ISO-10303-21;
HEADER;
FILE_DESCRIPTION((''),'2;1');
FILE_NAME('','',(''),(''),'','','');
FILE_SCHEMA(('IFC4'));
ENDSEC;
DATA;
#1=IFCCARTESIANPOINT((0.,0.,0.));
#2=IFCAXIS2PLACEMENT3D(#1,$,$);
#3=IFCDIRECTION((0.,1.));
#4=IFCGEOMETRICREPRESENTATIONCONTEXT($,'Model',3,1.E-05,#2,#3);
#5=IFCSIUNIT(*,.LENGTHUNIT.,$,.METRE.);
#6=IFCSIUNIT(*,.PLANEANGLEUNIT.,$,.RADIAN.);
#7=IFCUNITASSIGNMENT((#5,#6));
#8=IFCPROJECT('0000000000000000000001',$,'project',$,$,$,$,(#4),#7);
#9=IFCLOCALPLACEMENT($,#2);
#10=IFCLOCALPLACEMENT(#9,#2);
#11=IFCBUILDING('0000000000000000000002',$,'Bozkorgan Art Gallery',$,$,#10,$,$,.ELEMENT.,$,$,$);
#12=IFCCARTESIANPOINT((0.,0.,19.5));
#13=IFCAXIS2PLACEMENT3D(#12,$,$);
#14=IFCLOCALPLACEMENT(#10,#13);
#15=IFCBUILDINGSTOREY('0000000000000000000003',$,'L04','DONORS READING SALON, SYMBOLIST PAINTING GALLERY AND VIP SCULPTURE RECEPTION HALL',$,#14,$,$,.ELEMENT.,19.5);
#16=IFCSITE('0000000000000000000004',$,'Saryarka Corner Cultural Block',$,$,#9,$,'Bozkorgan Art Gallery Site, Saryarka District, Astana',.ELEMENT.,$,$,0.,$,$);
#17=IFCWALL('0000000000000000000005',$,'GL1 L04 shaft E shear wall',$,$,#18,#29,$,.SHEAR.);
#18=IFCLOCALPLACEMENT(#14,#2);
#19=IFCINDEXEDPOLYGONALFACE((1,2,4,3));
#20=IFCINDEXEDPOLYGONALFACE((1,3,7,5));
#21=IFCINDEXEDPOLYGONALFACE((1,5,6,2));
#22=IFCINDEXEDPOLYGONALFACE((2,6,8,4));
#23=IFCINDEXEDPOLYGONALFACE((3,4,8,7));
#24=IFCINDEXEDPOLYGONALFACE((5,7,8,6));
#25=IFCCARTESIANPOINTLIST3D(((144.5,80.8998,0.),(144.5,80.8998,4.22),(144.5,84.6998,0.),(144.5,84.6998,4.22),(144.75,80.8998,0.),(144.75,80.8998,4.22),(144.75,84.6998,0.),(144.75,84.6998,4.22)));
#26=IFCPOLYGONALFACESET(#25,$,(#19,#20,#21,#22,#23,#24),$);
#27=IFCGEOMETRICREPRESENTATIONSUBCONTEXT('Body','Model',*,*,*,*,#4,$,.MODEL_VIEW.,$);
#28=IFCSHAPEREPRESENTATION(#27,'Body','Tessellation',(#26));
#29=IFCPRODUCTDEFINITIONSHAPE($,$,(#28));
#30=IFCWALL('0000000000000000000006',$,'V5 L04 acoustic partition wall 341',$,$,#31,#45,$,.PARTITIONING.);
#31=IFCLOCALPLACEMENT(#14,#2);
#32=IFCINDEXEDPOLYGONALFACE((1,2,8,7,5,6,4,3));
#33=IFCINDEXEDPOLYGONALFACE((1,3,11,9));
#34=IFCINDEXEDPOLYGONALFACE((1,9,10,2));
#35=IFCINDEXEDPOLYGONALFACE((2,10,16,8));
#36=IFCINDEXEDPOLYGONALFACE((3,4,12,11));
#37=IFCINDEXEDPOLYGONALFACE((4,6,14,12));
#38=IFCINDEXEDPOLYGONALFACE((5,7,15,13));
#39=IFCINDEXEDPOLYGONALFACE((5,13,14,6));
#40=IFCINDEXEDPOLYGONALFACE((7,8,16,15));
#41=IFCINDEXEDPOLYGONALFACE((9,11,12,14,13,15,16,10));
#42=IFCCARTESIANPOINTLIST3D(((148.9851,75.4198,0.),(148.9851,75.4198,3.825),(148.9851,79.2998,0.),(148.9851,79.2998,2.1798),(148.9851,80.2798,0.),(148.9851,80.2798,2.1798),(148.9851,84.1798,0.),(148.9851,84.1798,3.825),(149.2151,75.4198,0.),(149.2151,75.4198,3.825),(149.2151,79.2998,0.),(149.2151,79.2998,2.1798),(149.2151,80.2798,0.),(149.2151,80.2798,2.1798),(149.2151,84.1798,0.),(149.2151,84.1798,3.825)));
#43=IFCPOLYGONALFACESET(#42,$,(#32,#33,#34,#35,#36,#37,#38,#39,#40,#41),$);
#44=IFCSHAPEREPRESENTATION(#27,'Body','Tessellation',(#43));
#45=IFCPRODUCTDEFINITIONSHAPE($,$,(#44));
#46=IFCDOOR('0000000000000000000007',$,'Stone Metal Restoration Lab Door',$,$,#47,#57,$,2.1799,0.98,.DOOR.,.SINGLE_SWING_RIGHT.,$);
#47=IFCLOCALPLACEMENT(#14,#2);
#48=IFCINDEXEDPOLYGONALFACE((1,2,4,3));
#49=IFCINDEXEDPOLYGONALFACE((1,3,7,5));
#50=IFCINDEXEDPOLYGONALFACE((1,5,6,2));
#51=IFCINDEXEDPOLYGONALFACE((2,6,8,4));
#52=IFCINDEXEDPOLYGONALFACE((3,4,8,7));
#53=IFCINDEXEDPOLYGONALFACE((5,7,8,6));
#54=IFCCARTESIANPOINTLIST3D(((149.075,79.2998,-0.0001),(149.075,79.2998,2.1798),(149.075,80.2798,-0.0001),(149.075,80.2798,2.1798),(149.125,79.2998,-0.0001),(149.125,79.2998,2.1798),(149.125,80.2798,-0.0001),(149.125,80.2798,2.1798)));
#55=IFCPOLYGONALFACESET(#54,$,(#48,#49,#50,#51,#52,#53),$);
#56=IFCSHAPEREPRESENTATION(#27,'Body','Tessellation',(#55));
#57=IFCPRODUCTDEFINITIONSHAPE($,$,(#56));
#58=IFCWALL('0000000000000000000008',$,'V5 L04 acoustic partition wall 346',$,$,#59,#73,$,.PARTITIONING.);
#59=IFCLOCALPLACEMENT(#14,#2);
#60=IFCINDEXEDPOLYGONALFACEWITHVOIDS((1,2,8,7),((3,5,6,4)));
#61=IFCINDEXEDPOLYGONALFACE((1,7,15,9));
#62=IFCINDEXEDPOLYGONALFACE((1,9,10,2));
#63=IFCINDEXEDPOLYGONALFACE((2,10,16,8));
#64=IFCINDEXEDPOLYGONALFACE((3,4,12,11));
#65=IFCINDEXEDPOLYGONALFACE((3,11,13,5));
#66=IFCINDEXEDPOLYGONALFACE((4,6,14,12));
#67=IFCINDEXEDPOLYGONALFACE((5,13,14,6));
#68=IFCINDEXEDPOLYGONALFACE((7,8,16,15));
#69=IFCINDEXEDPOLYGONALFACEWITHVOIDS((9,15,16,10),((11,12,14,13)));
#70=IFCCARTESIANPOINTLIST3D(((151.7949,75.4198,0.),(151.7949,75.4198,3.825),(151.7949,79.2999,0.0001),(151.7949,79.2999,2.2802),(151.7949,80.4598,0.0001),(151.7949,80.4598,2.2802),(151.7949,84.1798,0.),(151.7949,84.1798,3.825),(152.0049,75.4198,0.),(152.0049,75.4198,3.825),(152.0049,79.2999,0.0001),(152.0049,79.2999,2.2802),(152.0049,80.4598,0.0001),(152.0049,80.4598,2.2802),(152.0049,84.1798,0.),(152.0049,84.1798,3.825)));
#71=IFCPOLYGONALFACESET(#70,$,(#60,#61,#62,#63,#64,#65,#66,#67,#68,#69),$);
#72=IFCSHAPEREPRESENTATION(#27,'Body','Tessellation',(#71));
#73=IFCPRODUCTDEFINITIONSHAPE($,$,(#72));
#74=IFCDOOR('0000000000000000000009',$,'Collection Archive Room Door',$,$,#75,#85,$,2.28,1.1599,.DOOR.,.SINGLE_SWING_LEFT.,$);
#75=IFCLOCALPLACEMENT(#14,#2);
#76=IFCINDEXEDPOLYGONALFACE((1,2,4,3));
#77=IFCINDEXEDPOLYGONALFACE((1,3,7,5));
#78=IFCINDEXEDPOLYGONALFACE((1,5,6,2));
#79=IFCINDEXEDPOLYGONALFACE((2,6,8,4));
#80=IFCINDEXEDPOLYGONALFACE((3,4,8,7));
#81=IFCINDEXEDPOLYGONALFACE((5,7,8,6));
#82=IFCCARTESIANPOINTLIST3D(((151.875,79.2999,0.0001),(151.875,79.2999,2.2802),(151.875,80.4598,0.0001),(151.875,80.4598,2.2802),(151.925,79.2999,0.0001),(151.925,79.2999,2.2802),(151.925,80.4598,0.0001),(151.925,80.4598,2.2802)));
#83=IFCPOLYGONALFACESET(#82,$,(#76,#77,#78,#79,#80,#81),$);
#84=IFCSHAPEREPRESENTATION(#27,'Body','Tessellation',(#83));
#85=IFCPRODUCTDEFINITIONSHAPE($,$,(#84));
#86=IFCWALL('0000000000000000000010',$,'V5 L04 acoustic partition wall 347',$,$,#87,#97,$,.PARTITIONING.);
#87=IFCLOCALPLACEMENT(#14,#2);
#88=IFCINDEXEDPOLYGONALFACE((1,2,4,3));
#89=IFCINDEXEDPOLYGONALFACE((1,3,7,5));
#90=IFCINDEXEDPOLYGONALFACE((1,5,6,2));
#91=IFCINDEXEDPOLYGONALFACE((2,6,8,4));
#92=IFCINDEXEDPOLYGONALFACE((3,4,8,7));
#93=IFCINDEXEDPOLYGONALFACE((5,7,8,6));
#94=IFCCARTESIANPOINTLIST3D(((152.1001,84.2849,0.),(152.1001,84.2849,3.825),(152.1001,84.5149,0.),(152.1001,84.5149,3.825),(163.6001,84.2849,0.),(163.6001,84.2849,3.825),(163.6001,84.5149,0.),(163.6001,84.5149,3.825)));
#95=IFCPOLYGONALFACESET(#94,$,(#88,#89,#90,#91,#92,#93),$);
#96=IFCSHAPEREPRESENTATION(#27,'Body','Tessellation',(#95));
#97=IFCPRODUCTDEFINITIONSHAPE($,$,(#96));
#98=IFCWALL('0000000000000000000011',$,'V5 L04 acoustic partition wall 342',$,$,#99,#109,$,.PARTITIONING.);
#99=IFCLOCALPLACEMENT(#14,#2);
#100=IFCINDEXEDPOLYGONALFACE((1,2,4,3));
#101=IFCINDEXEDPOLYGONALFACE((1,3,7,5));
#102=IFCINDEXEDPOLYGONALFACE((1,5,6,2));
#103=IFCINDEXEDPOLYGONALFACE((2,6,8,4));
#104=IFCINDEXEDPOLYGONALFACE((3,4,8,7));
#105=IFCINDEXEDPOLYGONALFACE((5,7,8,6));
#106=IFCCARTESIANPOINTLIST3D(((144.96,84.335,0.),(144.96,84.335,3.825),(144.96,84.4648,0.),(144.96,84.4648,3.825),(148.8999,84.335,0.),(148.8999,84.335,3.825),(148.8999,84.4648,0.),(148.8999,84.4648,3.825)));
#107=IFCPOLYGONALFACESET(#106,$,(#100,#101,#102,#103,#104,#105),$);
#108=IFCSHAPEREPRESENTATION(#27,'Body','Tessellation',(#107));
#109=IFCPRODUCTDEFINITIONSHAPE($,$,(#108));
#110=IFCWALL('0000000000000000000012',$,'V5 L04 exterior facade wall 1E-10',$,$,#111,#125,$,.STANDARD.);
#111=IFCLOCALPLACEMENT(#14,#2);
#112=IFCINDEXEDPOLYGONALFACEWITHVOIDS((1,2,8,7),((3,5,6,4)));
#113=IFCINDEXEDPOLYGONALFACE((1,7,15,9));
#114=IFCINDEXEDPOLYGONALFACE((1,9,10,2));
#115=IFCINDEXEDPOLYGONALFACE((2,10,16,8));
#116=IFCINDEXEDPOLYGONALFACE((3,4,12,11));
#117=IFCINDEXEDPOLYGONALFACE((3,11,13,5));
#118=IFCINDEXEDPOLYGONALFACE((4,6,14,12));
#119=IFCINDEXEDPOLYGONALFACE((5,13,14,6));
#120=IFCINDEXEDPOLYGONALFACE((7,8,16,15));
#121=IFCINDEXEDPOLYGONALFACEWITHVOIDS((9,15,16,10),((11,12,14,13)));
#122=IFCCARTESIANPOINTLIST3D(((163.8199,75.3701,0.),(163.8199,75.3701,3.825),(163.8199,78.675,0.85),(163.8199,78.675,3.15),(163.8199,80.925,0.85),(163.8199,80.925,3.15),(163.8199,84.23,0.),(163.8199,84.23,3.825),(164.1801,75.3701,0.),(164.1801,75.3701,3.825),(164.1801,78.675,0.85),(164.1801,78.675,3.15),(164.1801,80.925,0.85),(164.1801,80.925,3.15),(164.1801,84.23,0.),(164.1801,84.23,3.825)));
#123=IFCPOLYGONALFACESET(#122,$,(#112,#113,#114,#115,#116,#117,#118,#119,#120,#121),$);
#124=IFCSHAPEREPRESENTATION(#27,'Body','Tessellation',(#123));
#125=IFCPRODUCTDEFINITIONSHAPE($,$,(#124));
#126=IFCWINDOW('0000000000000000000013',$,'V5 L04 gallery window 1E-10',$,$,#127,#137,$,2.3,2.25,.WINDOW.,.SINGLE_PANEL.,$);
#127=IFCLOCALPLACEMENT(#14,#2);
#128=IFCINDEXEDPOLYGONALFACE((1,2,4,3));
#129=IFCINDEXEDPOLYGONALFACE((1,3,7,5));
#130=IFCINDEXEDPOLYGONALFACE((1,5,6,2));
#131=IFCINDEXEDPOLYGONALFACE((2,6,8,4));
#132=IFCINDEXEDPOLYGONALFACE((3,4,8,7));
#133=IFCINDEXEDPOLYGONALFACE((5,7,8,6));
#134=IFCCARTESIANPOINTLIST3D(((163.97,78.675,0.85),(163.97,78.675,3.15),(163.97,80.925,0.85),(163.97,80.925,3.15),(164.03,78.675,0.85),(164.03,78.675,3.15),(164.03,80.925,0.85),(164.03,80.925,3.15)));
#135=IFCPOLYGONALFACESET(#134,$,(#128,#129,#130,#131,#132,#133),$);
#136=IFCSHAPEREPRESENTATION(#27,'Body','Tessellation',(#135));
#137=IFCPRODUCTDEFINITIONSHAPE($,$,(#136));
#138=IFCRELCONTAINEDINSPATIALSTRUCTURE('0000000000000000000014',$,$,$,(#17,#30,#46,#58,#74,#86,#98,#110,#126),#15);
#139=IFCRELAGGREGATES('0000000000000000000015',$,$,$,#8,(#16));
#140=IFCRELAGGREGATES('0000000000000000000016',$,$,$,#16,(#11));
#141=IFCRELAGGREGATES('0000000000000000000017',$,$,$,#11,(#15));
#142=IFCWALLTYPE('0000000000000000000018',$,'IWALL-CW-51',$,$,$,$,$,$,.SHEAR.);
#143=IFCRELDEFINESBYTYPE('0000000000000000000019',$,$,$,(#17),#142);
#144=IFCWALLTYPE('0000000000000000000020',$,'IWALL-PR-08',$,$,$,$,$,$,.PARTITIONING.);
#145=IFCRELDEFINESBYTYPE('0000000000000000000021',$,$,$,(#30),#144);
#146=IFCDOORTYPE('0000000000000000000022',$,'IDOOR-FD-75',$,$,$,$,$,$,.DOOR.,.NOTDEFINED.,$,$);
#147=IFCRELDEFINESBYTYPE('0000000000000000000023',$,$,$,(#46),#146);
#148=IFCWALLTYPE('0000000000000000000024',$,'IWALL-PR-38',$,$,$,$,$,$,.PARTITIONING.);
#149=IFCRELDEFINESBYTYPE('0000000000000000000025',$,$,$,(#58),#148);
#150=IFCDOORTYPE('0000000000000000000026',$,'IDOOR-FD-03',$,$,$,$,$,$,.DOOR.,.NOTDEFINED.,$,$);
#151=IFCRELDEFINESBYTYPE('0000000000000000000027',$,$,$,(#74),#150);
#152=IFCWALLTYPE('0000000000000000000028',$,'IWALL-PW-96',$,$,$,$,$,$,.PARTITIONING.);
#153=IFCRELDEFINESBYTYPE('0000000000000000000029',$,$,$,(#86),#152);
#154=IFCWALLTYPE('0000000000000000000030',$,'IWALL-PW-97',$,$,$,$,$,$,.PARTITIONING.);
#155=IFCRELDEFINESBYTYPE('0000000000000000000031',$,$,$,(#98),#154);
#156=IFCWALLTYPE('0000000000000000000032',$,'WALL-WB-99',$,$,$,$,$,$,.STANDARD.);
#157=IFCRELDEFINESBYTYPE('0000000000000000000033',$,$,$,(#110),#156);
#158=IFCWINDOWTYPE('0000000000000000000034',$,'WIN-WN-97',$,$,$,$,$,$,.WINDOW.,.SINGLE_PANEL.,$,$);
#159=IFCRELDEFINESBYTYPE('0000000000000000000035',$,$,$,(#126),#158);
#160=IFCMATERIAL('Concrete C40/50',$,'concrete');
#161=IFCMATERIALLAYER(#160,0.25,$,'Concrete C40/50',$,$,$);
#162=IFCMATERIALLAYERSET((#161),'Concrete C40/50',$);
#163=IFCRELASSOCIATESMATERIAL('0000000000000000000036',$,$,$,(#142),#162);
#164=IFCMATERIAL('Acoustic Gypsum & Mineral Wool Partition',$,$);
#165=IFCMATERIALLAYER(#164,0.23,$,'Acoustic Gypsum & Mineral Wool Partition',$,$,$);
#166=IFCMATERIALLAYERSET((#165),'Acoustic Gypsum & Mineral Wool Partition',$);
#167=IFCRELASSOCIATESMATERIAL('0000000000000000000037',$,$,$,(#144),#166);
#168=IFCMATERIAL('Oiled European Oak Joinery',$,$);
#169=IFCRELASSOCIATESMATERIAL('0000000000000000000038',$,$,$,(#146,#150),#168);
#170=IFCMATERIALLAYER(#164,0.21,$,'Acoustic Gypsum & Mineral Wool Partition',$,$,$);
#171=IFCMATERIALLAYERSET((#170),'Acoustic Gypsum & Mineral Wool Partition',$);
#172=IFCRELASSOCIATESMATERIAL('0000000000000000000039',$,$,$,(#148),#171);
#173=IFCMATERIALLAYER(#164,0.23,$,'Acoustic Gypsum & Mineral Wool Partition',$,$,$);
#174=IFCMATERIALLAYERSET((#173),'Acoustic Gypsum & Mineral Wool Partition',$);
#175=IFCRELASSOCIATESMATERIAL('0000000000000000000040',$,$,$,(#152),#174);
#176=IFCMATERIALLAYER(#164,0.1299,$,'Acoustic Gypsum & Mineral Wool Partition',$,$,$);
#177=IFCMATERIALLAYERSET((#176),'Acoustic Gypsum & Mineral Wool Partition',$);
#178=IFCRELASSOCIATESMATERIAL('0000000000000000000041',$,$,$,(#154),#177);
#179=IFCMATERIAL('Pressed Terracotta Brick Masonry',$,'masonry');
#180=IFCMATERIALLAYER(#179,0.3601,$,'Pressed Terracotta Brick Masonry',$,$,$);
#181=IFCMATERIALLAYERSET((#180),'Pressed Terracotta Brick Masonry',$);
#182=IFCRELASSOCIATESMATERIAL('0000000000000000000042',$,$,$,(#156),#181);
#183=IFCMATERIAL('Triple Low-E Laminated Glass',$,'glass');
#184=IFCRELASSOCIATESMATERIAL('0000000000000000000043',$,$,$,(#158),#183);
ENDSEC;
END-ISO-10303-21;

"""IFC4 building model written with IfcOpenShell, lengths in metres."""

from ifc_helpers import new_model, si_unit, direction, frame, frame_2d, origin, place, context, subcontext, project, spatial, rectangle, extrude, material, layer, layer_set, type_object, element, fill, save


model = new_model("IFC4")

# Units and contexts
model_context = context("Model", 3, precision=1e-05, world=origin(), true_north=direction((0.0, 1.0)))
body_context = subcontext(model_context, "Body", "Model", "MODEL_VIEW")
ifc_project = project(units=[si_unit("LENGTHUNIT", "METRE"), si_unit("PLANEANGLEUNIT", "RADIAN")], contexts=[model_context])

# Site, building, storey
site_placement = place(None, origin())
site = spatial("IfcSite", under=ifc_project, at=site_placement, Name="Saryarka Corner Cultural Block", LongName="Bozkorgan Art Gallery Site, Saryarka District, Astana", CompositionType="ELEMENT", RefElevation=0.0)
building_placement = place(site_placement, origin())
building = spatial("IfcBuilding", under=site, at=building_placement, Name="Bozkorgan Art Gallery", CompositionType="ELEMENT")
storey_placement = place(building_placement, frame((0.0, 0.0, 19.5)))
storey = spatial("IfcBuildingStorey", under=building, at=storey_placement, Name="L04", Description="DONORS READING SALON, SYMBOLIST PAINTING GALLERY AND VIP SCULPTURE RECEPTION HALL", CompositionType="ELEMENT", Elevation=19.5)

# Wall
ifc_material_1 = material(Name="Concrete C40/50", Category="concrete")
ifc_layer_1 = layer(ifc_material_1, 0.25, Name="Concrete C40/50")
ifc_layer_set_1 = layer_set([ifc_layer_1], Name="Concrete C40/50")
wall_type_1 = type_object("IfcWallType", Name="IWALL-CW-51", PredefinedType="SHEAR", material=ifc_layer_set_1)
wall_1_placement = place(storey_placement, frame((144.625, 80.8999, 0.0), z_axis=(0.0, 0.0, 1.0), x_axis=(0.0, 1.0, 0.0)))
element("IfcWall", 1, at=wall_1_placement, inside=storey, type_object=wall_type_1, Name="GL1 L04 shaft E shear wall", PredefinedType="SHEAR", context=body_context, shape_type="SweptSolid", body=[
    extrude(rectangle(XDim=3.8, YDim=0.25, at=frame_2d((1.8999, 0.0))), origin(), (0.0, 0.0, 1.0), 4.22),
])

# Walls, openings, doors
ifc_material_2 = material(Name="Acoustic Gypsum & Mineral Wool Partition")
ifc_layer_2 = layer(ifc_material_2, 0.23, Name="Acoustic Gypsum & Mineral Wool Partition")
ifc_layer_set_2 = layer_set([ifc_layer_2], Name="Acoustic Gypsum & Mineral Wool Partition")
wall_type_2 = type_object("IfcWallType", Name="IWALL-PR-08", PredefinedType="PARTITIONING", material=ifc_layer_set_2)
wall_2_placement = place(storey_placement, frame((149.1001, 75.4199, 0.0), z_axis=(0.0, 0.0, 1.0), x_axis=(0.0, 1.0, 0.0)))
wall_2 = element("IfcWall", 2, at=wall_2_placement, inside=storey, type_object=wall_type_2, Name="V5 L04 acoustic partition wall 341", PredefinedType="PARTITIONING", context=body_context, shape_type="SweptSolid", body=[
    extrude(rectangle(XDim=8.76, YDim=0.23, at=frame_2d((4.3799, 0.0))), origin(), (0.0, 0.0, 1.0), 3.825),
])
opening_1_placement = place(wall_2_placement, frame((4.8599, 0.0, 0.0), z_axis=(0.0, 0.0, 1.0), x_axis=(-1.0, 0.0, 0.0)))
opening_1 = element("IfcOpeningElement", 3, at=opening_1_placement, cuts=wall_2, PredefinedType="OPENING", context=body_context, shape_type="SweptSolid", body=[
    extrude(rectangle(XDim=0.98, YDim=2.1799, at=frame_2d((0.49, 1.0898))), frame((0.0, 0.125, 0.0), z_axis=(0.0, -1.0, 0.0), x_axis=(1.0, 0.0, 0.0)), (0.0, 0.0, 1.0), 0.25),
])
ifc_material_3 = material(Name="Oiled European Oak Joinery")
door_type_1 = type_object("IfcDoorType", Name="IDOOR-FD-75", OperationType="NOTDEFINED", PredefinedType="DOOR", material=ifc_material_3)
door_1_placement = place(opening_1_placement, origin())
door_1 = element("IfcDoor", 4, at=door_1_placement, inside=storey, type_object=door_type_1, Name="Stone Metal Restoration Lab Door", OperationType="SINGLE_SWING_RIGHT", OverallHeight=2.1799, OverallWidth=0.98, PredefinedType="DOOR", context=body_context, shape_type="SweptSolid", body=[
    extrude(rectangle(XDim=0.98, YDim=2.1799, at=frame_2d((0.49, 1.0898))), frame((0.0, 0.0249, 0.0), z_axis=(0.0, -1.0, 0.0), x_axis=(1.0, 0.0, 0.0)), (0.0, 0.0, 1.0), 0.05),
])
fill(opening_1, door_1)
ifc_layer_3 = layer(ifc_material_2, 0.21, Name="Acoustic Gypsum & Mineral Wool Partition")
ifc_layer_set_3 = layer_set([ifc_layer_3], Name="Acoustic Gypsum & Mineral Wool Partition")
wall_type_3 = type_object("IfcWallType", Name="IWALL-PR-38", PredefinedType="PARTITIONING", material=ifc_layer_set_3)
wall_3_placement = place(storey_placement, frame((151.8999, 75.4199, 0.0), z_axis=(0.0, 0.0, 1.0), x_axis=(0.0, 1.0, 0.0)))
wall_3 = element("IfcWall", 5, at=wall_3_placement, inside=storey, type_object=wall_type_3, Name="V5 L04 acoustic partition wall 346", PredefinedType="PARTITIONING", context=body_context, shape_type="SweptSolid", body=[
    extrude(rectangle(XDim=8.76, YDim=0.21, at=frame_2d((4.3799, 0.0))), origin(), (0.0, 0.0, 1.0), 3.825),
])
opening_2_placement = place(wall_3_placement, frame((3.8799, 0.0, 0.0)))
opening_2 = element("IfcOpeningElement", 6, at=opening_2_placement, cuts=wall_3, PredefinedType="OPENING", context=body_context, shape_type="SweptSolid", body=[
    extrude(rectangle(XDim=1.1599, YDim=2.28, at=frame_2d((0.5801, 1.1401))), frame((0.0, 0.115, 0.0), z_axis=(0.0, -1.0, 0.0), x_axis=(1.0, 0.0, 0.0)), (0.0, 0.0, 1.0), 0.23),
])
door_type_2 = type_object("IfcDoorType", Name="IDOOR-FD-03", OperationType="NOTDEFINED", PredefinedType="DOOR", material=ifc_material_3)
door_2_placement = place(opening_2_placement, origin())
door_2 = element("IfcDoor", 7, at=door_2_placement, inside=storey, type_object=door_type_2, Name="Collection Archive Room Door", OperationType="SINGLE_SWING_LEFT", OverallHeight=2.28, OverallWidth=1.1599, PredefinedType="DOOR", context=body_context, shape_type="SweptSolid", body=[
    extrude(rectangle(XDim=1.1599, YDim=2.28, at=frame_2d((0.5801, 1.1401))), frame((0.0, 0.0249, 0.0), z_axis=(0.0, -1.0, 0.0), x_axis=(1.0, 0.0, 0.0)), (0.0, 0.0, 1.0), 0.05),
])
fill(opening_2, door_2)

# Walls
ifc_layer_4 = layer(ifc_material_2, 0.23, Name="Acoustic Gypsum & Mineral Wool Partition")
ifc_layer_set_4 = layer_set([ifc_layer_4], Name="Acoustic Gypsum & Mineral Wool Partition")
wall_type_4 = type_object("IfcWallType", Name="IWALL-PW-96", PredefinedType="PARTITIONING", material=ifc_layer_set_4)
wall_4_placement = place(storey_placement, frame((152.1001, 84.3999, 0.0), z_axis=(0.0, 0.0, 1.0), x_axis=(1.0, 0.0, 0.0)))
element("IfcWall", 8, at=wall_4_placement, inside=storey, type_object=wall_type_4, Name="V5 L04 acoustic partition wall 347", PredefinedType="PARTITIONING", context=body_context, shape_type="SweptSolid", body=[
    extrude(rectangle(XDim=11.5, YDim=0.23, at=frame_2d((5.75, 0.0))), origin(), (0.0, 0.0, 1.0), 3.825),
])
ifc_layer_5 = layer(ifc_material_2, 0.1299, Name="Acoustic Gypsum & Mineral Wool Partition")
ifc_layer_set_5 = layer_set([ifc_layer_5], Name="Acoustic Gypsum & Mineral Wool Partition")
wall_type_5 = type_object("IfcWallType", Name="IWALL-PW-97", PredefinedType="PARTITIONING", material=ifc_layer_set_5)
wall_5_placement = place(storey_placement, frame((144.96, 84.3999, 0.0), z_axis=(0.0, 0.0, 1.0), x_axis=(1.0, 0.0, 0.0)))
element("IfcWall", 9, at=wall_5_placement, inside=storey, type_object=wall_type_5, Name="V5 L04 acoustic partition wall 342", PredefinedType="PARTITIONING", context=body_context, shape_type="SweptSolid", body=[
    extrude(rectangle(XDim=3.9399, YDim=0.1299, at=frame_2d((1.97, 0.0))), origin(), (0.0, 0.0, 1.0), 3.825),
])

# Wall, opening, window
ifc_material_4 = material(Name="Pressed Terracotta Brick Masonry", Category="masonry")
ifc_layer_6 = layer(ifc_material_4, 0.3601, Name="Pressed Terracotta Brick Masonry")
ifc_layer_set_6 = layer_set([ifc_layer_6], Name="Pressed Terracotta Brick Masonry")
wall_type_6 = type_object("IfcWallType", Name="WALL-WB-99", PredefinedType="STANDARD", material=ifc_layer_set_6)
wall_6_placement = place(storey_placement, frame((164.0, 75.3701, 0.0), z_axis=(0.0, 0.0, 1.0), x_axis=(0.0, 1.0, 0.0)))
wall_6 = element("IfcWall", 10, at=wall_6_placement, inside=storey, type_object=wall_type_6, Name="V5 L04 exterior facade wall 1E-10", PredefinedType="STANDARD", context=body_context, shape_type="SweptSolid", body=[
    extrude(rectangle(XDim=8.8599, YDim=0.3601, at=frame_2d((4.4299, 0.0))), origin(), (0.0, 0.0, 1.0), 3.825),
])
opening_3_placement = place(wall_6_placement, frame((5.5549, 0.0, 0.8501), z_axis=(0.0, 0.0, 1.0), x_axis=(-1.0, 0.0, 0.0)))
opening_3 = element("IfcOpeningElement", 11, at=opening_3_placement, cuts=wall_6, PredefinedType="OPENING", context=body_context, shape_type="SweptSolid", body=[
    extrude(rectangle(XDim=2.25, YDim=2.3, at=frame_2d((1.125, 1.1499))), frame((0.0, 0.1899, 0.0), z_axis=(0.0, -1.0, 0.0), x_axis=(1.0, 0.0, 0.0)), (0.0, 0.0, 1.0), 0.3801),
])
ifc_material_5 = material(Name="Triple Low-E Laminated Glass", Category="glass")
window_type_1 = type_object("IfcWindowType", Name="WIN-WN-97", PartitioningType="SINGLE_PANEL", PredefinedType="WINDOW", material=ifc_material_5)
window_1_placement = place(opening_3_placement, origin())
window_1 = element("IfcWindow", 12, at=window_1_placement, inside=storey, type_object=window_type_1, Name="V5 L04 gallery window 1E-10", OverallHeight=2.3, OverallWidth=2.25, PartitioningType="SINGLE_PANEL", PredefinedType="WINDOW", context=body_context, shape_type="SweptSolid", body=[
    extrude(rectangle(XDim=2.25, YDim=2.3, at=frame_2d((1.125, 1.1499))), frame((0.0, 0.03, 0.0), z_axis=(0.0, -1.0, 0.0), x_axis=(1.0, 0.0, 0.0)), (0.0, 0.0, 1.0), 0.0601),
])
fill(opening_3, window_1)

save(model, "model.ifc")
